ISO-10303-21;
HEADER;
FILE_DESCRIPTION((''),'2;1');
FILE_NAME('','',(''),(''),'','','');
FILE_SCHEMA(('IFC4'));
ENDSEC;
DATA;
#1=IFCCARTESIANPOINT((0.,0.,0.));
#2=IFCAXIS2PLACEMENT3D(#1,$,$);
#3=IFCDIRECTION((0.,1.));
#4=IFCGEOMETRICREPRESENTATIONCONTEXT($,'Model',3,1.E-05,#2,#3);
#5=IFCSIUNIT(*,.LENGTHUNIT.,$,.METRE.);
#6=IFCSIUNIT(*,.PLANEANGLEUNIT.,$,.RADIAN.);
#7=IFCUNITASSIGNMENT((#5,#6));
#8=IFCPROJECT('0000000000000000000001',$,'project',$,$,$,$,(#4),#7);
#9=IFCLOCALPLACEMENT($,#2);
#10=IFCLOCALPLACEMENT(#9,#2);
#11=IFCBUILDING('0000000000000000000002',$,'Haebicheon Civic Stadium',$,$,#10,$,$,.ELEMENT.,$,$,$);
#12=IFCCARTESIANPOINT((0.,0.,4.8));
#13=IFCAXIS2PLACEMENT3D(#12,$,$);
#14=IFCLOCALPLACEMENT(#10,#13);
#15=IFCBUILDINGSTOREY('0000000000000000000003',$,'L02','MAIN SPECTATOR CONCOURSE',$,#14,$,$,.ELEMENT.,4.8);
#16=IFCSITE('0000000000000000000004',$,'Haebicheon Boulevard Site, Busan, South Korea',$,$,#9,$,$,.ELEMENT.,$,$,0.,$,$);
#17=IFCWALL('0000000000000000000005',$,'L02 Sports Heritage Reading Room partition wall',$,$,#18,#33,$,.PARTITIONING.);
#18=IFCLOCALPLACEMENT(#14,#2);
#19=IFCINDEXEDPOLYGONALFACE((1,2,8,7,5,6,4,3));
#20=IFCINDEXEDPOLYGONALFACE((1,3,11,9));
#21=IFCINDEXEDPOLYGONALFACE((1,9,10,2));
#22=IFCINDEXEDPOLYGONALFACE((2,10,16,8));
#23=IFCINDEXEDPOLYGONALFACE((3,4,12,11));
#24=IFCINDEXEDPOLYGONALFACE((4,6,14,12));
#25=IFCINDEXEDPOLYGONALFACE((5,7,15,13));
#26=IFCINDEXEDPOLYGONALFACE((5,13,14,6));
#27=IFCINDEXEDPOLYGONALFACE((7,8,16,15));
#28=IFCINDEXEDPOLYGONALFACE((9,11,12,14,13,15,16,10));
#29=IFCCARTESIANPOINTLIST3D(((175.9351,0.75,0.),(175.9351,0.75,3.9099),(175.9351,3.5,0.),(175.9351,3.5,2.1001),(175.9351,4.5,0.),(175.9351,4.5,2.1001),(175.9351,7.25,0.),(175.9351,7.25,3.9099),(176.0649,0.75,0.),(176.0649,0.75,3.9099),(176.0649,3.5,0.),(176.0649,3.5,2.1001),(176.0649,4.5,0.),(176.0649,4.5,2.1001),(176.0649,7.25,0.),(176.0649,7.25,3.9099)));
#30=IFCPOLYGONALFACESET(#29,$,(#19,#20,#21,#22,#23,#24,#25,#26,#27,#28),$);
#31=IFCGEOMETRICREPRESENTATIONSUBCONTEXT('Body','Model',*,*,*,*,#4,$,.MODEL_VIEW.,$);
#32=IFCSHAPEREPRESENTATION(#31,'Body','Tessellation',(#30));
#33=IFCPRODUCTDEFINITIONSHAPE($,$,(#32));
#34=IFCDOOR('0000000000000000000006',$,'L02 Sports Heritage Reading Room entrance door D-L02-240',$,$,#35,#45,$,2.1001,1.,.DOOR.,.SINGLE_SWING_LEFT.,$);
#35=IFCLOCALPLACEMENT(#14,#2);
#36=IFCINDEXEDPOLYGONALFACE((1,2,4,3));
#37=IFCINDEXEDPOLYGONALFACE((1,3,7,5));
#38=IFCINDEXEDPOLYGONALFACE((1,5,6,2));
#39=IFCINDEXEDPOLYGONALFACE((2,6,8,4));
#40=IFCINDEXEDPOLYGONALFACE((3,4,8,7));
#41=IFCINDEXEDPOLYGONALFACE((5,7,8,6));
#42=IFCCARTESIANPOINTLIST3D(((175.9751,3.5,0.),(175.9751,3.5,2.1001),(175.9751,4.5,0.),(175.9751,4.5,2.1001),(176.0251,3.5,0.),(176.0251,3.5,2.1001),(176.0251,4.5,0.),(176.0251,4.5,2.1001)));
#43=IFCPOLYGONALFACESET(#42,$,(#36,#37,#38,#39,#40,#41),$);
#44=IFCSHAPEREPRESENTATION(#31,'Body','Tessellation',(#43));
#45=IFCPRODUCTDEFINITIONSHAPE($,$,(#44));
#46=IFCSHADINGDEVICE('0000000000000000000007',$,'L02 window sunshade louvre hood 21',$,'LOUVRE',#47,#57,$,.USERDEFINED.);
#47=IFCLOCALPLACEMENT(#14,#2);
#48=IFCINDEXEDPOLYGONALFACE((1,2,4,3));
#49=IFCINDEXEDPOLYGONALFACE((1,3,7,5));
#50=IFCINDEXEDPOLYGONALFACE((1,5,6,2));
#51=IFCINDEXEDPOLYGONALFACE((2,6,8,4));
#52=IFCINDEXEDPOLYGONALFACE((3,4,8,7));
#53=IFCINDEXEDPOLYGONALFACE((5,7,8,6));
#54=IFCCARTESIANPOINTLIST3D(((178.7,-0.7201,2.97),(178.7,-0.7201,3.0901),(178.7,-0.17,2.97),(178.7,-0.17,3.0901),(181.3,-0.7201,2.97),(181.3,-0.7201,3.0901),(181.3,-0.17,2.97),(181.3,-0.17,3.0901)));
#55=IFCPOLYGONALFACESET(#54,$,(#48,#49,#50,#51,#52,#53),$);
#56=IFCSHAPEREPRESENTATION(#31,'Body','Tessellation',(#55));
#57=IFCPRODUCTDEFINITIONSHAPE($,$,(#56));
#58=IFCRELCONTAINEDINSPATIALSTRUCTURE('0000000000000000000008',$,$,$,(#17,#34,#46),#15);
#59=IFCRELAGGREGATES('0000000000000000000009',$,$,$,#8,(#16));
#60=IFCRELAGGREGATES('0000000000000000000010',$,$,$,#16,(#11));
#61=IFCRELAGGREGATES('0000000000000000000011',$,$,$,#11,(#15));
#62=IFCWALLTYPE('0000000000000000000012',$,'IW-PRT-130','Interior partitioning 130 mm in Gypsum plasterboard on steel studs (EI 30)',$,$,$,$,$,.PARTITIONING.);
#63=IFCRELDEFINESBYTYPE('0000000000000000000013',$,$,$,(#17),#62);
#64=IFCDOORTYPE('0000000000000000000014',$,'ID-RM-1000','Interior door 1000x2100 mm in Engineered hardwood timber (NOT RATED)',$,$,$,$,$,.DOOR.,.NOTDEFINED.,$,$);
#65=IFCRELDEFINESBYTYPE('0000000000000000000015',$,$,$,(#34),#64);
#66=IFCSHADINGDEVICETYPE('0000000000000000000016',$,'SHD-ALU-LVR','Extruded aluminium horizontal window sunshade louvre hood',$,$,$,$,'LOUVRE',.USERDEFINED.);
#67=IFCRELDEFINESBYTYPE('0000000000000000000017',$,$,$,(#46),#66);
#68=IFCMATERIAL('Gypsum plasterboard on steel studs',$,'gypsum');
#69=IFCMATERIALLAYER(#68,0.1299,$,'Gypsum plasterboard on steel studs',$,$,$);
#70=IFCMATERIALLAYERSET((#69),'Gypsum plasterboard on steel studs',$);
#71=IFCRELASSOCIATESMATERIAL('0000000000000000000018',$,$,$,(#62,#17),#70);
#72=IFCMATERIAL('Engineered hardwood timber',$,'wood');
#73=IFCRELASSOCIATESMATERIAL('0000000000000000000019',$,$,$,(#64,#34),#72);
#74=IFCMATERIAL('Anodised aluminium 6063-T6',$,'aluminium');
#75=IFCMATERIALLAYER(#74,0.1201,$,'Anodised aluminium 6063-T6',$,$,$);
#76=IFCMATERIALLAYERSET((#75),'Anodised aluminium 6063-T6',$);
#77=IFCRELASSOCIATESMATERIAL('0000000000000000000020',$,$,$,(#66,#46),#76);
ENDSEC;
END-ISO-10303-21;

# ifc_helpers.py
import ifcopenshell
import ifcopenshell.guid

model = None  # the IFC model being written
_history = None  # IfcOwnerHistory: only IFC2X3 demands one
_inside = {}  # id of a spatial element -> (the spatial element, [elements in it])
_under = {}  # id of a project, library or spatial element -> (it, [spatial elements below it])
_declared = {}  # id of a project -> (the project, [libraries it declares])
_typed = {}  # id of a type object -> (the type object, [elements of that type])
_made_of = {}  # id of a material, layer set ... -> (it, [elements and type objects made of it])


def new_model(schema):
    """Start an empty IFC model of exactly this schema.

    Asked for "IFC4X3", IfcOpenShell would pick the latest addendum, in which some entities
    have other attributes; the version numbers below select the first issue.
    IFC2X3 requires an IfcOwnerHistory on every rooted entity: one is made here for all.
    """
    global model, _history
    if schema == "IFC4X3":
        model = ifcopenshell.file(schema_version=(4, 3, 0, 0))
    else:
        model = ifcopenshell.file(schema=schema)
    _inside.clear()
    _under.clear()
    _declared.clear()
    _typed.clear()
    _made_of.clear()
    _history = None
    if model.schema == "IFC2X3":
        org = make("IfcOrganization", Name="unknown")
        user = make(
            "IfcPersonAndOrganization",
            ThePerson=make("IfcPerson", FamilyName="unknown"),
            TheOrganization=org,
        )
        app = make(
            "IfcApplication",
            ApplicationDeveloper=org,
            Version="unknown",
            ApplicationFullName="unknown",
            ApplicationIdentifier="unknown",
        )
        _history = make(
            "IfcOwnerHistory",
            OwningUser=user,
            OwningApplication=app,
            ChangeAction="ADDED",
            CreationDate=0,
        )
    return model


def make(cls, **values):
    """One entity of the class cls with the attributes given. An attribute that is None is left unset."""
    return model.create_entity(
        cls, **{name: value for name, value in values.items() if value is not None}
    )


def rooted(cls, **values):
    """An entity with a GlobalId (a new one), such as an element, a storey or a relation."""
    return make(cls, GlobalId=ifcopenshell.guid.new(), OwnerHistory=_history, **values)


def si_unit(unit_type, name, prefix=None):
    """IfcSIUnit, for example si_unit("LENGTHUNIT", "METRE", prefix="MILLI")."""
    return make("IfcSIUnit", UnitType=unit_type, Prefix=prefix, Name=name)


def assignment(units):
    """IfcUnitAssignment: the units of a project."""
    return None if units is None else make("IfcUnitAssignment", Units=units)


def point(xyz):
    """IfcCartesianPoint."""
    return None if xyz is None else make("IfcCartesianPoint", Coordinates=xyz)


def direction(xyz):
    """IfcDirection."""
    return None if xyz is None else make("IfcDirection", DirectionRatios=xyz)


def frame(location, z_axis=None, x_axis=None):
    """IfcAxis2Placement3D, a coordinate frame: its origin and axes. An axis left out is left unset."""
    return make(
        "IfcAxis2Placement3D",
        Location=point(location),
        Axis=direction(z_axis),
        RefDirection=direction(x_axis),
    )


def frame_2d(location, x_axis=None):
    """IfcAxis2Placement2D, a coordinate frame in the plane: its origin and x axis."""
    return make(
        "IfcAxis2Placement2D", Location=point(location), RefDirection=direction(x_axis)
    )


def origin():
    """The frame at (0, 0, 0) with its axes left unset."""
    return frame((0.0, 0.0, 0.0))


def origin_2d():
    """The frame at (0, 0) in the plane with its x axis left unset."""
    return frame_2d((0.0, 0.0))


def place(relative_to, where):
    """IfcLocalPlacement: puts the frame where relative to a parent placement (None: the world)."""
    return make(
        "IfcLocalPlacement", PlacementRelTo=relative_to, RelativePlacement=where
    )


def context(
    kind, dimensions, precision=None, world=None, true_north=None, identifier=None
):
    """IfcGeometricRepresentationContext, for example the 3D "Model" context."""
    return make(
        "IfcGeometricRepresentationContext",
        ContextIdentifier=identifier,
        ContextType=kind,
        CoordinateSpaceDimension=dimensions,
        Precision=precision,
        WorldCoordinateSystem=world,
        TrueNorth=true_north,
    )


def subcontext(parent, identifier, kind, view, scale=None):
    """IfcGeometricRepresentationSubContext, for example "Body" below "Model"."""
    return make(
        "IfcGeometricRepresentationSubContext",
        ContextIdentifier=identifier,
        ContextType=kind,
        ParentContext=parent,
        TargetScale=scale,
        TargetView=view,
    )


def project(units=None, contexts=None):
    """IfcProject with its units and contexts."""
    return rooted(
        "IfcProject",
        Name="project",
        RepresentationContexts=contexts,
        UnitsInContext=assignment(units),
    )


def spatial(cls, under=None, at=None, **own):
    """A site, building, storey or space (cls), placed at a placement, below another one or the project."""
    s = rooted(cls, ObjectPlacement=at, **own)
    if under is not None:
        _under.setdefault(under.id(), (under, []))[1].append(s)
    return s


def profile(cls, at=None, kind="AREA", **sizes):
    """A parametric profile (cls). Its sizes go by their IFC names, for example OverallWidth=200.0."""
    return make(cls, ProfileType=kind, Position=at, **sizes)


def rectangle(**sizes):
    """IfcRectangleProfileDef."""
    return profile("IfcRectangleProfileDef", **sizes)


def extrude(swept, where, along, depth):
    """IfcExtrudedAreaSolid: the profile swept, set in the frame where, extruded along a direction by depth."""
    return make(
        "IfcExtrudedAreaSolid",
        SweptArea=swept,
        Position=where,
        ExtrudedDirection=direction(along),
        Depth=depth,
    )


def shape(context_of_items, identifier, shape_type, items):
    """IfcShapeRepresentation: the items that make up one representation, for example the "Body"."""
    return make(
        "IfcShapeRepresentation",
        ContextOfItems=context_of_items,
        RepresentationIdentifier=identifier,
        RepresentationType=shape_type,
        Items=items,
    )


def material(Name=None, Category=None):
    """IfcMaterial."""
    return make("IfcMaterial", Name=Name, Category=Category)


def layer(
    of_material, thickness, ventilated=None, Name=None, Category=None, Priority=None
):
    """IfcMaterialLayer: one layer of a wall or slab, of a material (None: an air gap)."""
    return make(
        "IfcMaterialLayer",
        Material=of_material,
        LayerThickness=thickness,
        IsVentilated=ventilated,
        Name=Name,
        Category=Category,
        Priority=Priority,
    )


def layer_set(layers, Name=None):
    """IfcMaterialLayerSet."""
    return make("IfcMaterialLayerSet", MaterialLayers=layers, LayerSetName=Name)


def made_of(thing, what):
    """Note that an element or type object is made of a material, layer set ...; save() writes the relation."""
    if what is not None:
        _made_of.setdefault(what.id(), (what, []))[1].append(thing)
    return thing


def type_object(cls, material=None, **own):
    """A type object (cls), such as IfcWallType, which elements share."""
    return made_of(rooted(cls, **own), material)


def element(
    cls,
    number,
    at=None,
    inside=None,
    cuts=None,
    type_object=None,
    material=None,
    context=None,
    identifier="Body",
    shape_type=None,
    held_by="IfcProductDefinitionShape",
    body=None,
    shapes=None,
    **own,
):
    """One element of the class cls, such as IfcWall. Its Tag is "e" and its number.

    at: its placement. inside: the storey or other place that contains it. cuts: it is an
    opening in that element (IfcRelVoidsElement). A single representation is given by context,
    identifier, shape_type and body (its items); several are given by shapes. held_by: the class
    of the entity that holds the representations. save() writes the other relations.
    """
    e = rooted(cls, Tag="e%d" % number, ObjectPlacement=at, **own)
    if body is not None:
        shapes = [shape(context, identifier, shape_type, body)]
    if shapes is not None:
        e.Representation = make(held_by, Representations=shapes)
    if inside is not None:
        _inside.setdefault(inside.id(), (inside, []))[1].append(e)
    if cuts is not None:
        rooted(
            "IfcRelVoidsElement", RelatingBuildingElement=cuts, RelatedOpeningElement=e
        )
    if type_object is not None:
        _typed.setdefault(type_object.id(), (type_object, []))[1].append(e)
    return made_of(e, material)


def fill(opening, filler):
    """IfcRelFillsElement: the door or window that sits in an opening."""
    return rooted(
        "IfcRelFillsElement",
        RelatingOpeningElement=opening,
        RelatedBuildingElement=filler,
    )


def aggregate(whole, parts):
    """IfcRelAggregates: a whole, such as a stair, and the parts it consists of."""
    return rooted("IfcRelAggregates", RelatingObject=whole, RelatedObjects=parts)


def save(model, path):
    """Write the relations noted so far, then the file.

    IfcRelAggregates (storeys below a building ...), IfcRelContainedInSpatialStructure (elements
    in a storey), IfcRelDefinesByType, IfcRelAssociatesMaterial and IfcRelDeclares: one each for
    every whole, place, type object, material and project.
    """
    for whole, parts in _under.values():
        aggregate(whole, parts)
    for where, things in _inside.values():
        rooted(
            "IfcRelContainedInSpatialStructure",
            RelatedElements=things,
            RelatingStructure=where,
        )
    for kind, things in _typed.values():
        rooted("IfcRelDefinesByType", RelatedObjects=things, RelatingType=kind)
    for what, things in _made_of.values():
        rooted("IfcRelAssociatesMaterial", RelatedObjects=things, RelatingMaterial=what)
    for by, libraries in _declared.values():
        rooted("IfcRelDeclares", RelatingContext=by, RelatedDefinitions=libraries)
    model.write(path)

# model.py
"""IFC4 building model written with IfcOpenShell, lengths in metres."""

from ifc_helpers import new_model, si_unit, direction, frame, frame_2d, origin, origin_2d, place, context, subcontext, project, spatial, rectangle, extrude, material, layer, layer_set, type_object, element, fill, save


model = new_model("IFC4")

# Units and contexts
model_context = context("Model", 3, precision=1e-05, world=origin(), true_north=direction((0.0, 1.0)))
body_context = subcontext(model_context, "Body", "Model", "MODEL_VIEW")
ifc_project = project(units=[si_unit("LENGTHUNIT", "METRE"), si_unit("PLANEANGLEUNIT", "RADIAN")], contexts=[model_context])

# Site, building, storey
site_placement = place(None, origin())
site = spatial("IfcSite", under=ifc_project, at=site_placement, Name="Haebicheon Boulevard Site, Busan, South Korea", CompositionType="ELEMENT", RefElevation=0.0)
building_placement = place(site_placement, origin())
building = spatial("IfcBuilding", under=site, at=building_placement, Name="Haebicheon Civic Stadium", CompositionType="ELEMENT")
storey_placement = place(building_placement, frame((0.0, 0.0, 4.8)))
storey = spatial("IfcBuildingStorey", under=building, at=storey_placement, Name="L02", Description="MAIN SPECTATOR CONCOURSE", CompositionType="ELEMENT", Elevation=4.8)

# Wall, opening, door
ifc_material_1 = material(Name="Gypsum plasterboard on steel studs", Category="gypsum")
ifc_layer_1 = layer(ifc_material_1, 0.1299, Name="Gypsum plasterboard on steel studs")
ifc_layer_set_1 = layer_set([ifc_layer_1], Name="Gypsum plasterboard on steel studs")
wall_type_1 = type_object("IfcWallType", Name="IW-PRT-130", Description="Interior partitioning 130 mm in Gypsum plasterboard on steel studs (EI 30)", PredefinedType="PARTITIONING", material=ifc_layer_set_1)
wall_1_placement = place(storey_placement, frame((176.0, 0.75, 0.0), z_axis=(0.0, 0.0, 1.0), x_axis=(0.0, 1.0, 0.0)))
wall_1 = element("IfcWall", 1, at=wall_1_placement, inside=storey, type_object=wall_type_1, material=ifc_layer_set_1, Name="L02 Sports Heritage Reading Room partition wall", PredefinedType="PARTITIONING", context=body_context, shape_type="SweptSolid", body=[
    extrude(rectangle(XDim=6.5, YDim=0.1299, at=frame_2d((3.25, 0.0))), origin(), (0.0, 0.0, 1.0), 3.9099),
])
opening_1_placement = place(wall_1_placement, frame((2.75, 0.0, 0.0)))
opening_1 = element("IfcOpeningElement", 2, at=opening_1_placement, cuts=wall_1, PredefinedType="OPENING", context=body_context, shape_type="SweptSolid", body=[
    extrude(rectangle(XDim=1.0, YDim=2.1001, at=frame_2d((0.5, 1.05))), frame((0.0, 0.075, 0.0), z_axis=(0.0, -1.0, 0.0), x_axis=(1.0, 0.0, 0.0)), (0.0, 0.0, 1.0), 0.1499),
])
ifc_material_2 = material(Name="Engineered hardwood timber", Category="wood")
door_type = type_object("IfcDoorType", Name="ID-RM-1000", Description="Interior door 1000x2100 mm in Engineered hardwood timber (NOT RATED)", OperationType="NOTDEFINED", PredefinedType="DOOR", material=ifc_material_2)
door_placement = place(opening_1_placement, origin())
door = element("IfcDoor", 3, at=door_placement, inside=storey, type_object=door_type, material=ifc_material_2, Name="L02 Sports Heritage Reading Room entrance door D-L02-240", OperationType="SINGLE_SWING_LEFT", OverallHeight=2.1001, OverallWidth=1.0, PredefinedType="DOOR", context=body_context, shape_type="SweptSolid", body=[
    extrude(rectangle(XDim=1.0, YDim=2.1001, at=frame_2d((0.5, 1.05))), frame((0.0, 0.0249, 0.0), z_axis=(0.0, -1.0, 0.0), x_axis=(1.0, 0.0, 0.0)), (0.0, 0.0, 1.0), 0.05),
])
fill(opening_1, door)

# Shading device
ifc_material_3 = material(Name="Anodised aluminium 6063-T6", Category="aluminium")
ifc_layer_2 = layer(ifc_material_3, 0.1201, Name="Anodised aluminium 6063-T6")
ifc_layer_set_2 = layer_set([ifc_layer_2], Name="Anodised aluminium 6063-T6")
shading_device_type = type_object("IfcShadingDeviceType", Name="SHD-ALU-LVR", Description="Extruded aluminium horizontal window sunshade louvre hood", ElementType="LOUVRE", PredefinedType="USERDEFINED", material=ifc_layer_set_2)
shading_device_placement = place(storey_placement, frame((180.0, -0.4451, 2.97), z_axis=(0.0, 0.0, 1.0), x_axis=(1.0, 0.0, 0.0)))
element("IfcShadingDevice", 4, at=shading_device_placement, inside=storey, type_object=shading_device_type, material=ifc_layer_set_2, Name="L02 window sunshade louvre hood 21", ObjectType="LOUVRE", PredefinedType="USERDEFINED", context=body_context, shape_type="SweptSolid", body=[
    extrude(rectangle(XDim=2.6001, YDim=0.55, at=origin_2d()), origin(), (0.0, 0.0, 1.0), 0.1201),
])

save(model, "model.ifc")
